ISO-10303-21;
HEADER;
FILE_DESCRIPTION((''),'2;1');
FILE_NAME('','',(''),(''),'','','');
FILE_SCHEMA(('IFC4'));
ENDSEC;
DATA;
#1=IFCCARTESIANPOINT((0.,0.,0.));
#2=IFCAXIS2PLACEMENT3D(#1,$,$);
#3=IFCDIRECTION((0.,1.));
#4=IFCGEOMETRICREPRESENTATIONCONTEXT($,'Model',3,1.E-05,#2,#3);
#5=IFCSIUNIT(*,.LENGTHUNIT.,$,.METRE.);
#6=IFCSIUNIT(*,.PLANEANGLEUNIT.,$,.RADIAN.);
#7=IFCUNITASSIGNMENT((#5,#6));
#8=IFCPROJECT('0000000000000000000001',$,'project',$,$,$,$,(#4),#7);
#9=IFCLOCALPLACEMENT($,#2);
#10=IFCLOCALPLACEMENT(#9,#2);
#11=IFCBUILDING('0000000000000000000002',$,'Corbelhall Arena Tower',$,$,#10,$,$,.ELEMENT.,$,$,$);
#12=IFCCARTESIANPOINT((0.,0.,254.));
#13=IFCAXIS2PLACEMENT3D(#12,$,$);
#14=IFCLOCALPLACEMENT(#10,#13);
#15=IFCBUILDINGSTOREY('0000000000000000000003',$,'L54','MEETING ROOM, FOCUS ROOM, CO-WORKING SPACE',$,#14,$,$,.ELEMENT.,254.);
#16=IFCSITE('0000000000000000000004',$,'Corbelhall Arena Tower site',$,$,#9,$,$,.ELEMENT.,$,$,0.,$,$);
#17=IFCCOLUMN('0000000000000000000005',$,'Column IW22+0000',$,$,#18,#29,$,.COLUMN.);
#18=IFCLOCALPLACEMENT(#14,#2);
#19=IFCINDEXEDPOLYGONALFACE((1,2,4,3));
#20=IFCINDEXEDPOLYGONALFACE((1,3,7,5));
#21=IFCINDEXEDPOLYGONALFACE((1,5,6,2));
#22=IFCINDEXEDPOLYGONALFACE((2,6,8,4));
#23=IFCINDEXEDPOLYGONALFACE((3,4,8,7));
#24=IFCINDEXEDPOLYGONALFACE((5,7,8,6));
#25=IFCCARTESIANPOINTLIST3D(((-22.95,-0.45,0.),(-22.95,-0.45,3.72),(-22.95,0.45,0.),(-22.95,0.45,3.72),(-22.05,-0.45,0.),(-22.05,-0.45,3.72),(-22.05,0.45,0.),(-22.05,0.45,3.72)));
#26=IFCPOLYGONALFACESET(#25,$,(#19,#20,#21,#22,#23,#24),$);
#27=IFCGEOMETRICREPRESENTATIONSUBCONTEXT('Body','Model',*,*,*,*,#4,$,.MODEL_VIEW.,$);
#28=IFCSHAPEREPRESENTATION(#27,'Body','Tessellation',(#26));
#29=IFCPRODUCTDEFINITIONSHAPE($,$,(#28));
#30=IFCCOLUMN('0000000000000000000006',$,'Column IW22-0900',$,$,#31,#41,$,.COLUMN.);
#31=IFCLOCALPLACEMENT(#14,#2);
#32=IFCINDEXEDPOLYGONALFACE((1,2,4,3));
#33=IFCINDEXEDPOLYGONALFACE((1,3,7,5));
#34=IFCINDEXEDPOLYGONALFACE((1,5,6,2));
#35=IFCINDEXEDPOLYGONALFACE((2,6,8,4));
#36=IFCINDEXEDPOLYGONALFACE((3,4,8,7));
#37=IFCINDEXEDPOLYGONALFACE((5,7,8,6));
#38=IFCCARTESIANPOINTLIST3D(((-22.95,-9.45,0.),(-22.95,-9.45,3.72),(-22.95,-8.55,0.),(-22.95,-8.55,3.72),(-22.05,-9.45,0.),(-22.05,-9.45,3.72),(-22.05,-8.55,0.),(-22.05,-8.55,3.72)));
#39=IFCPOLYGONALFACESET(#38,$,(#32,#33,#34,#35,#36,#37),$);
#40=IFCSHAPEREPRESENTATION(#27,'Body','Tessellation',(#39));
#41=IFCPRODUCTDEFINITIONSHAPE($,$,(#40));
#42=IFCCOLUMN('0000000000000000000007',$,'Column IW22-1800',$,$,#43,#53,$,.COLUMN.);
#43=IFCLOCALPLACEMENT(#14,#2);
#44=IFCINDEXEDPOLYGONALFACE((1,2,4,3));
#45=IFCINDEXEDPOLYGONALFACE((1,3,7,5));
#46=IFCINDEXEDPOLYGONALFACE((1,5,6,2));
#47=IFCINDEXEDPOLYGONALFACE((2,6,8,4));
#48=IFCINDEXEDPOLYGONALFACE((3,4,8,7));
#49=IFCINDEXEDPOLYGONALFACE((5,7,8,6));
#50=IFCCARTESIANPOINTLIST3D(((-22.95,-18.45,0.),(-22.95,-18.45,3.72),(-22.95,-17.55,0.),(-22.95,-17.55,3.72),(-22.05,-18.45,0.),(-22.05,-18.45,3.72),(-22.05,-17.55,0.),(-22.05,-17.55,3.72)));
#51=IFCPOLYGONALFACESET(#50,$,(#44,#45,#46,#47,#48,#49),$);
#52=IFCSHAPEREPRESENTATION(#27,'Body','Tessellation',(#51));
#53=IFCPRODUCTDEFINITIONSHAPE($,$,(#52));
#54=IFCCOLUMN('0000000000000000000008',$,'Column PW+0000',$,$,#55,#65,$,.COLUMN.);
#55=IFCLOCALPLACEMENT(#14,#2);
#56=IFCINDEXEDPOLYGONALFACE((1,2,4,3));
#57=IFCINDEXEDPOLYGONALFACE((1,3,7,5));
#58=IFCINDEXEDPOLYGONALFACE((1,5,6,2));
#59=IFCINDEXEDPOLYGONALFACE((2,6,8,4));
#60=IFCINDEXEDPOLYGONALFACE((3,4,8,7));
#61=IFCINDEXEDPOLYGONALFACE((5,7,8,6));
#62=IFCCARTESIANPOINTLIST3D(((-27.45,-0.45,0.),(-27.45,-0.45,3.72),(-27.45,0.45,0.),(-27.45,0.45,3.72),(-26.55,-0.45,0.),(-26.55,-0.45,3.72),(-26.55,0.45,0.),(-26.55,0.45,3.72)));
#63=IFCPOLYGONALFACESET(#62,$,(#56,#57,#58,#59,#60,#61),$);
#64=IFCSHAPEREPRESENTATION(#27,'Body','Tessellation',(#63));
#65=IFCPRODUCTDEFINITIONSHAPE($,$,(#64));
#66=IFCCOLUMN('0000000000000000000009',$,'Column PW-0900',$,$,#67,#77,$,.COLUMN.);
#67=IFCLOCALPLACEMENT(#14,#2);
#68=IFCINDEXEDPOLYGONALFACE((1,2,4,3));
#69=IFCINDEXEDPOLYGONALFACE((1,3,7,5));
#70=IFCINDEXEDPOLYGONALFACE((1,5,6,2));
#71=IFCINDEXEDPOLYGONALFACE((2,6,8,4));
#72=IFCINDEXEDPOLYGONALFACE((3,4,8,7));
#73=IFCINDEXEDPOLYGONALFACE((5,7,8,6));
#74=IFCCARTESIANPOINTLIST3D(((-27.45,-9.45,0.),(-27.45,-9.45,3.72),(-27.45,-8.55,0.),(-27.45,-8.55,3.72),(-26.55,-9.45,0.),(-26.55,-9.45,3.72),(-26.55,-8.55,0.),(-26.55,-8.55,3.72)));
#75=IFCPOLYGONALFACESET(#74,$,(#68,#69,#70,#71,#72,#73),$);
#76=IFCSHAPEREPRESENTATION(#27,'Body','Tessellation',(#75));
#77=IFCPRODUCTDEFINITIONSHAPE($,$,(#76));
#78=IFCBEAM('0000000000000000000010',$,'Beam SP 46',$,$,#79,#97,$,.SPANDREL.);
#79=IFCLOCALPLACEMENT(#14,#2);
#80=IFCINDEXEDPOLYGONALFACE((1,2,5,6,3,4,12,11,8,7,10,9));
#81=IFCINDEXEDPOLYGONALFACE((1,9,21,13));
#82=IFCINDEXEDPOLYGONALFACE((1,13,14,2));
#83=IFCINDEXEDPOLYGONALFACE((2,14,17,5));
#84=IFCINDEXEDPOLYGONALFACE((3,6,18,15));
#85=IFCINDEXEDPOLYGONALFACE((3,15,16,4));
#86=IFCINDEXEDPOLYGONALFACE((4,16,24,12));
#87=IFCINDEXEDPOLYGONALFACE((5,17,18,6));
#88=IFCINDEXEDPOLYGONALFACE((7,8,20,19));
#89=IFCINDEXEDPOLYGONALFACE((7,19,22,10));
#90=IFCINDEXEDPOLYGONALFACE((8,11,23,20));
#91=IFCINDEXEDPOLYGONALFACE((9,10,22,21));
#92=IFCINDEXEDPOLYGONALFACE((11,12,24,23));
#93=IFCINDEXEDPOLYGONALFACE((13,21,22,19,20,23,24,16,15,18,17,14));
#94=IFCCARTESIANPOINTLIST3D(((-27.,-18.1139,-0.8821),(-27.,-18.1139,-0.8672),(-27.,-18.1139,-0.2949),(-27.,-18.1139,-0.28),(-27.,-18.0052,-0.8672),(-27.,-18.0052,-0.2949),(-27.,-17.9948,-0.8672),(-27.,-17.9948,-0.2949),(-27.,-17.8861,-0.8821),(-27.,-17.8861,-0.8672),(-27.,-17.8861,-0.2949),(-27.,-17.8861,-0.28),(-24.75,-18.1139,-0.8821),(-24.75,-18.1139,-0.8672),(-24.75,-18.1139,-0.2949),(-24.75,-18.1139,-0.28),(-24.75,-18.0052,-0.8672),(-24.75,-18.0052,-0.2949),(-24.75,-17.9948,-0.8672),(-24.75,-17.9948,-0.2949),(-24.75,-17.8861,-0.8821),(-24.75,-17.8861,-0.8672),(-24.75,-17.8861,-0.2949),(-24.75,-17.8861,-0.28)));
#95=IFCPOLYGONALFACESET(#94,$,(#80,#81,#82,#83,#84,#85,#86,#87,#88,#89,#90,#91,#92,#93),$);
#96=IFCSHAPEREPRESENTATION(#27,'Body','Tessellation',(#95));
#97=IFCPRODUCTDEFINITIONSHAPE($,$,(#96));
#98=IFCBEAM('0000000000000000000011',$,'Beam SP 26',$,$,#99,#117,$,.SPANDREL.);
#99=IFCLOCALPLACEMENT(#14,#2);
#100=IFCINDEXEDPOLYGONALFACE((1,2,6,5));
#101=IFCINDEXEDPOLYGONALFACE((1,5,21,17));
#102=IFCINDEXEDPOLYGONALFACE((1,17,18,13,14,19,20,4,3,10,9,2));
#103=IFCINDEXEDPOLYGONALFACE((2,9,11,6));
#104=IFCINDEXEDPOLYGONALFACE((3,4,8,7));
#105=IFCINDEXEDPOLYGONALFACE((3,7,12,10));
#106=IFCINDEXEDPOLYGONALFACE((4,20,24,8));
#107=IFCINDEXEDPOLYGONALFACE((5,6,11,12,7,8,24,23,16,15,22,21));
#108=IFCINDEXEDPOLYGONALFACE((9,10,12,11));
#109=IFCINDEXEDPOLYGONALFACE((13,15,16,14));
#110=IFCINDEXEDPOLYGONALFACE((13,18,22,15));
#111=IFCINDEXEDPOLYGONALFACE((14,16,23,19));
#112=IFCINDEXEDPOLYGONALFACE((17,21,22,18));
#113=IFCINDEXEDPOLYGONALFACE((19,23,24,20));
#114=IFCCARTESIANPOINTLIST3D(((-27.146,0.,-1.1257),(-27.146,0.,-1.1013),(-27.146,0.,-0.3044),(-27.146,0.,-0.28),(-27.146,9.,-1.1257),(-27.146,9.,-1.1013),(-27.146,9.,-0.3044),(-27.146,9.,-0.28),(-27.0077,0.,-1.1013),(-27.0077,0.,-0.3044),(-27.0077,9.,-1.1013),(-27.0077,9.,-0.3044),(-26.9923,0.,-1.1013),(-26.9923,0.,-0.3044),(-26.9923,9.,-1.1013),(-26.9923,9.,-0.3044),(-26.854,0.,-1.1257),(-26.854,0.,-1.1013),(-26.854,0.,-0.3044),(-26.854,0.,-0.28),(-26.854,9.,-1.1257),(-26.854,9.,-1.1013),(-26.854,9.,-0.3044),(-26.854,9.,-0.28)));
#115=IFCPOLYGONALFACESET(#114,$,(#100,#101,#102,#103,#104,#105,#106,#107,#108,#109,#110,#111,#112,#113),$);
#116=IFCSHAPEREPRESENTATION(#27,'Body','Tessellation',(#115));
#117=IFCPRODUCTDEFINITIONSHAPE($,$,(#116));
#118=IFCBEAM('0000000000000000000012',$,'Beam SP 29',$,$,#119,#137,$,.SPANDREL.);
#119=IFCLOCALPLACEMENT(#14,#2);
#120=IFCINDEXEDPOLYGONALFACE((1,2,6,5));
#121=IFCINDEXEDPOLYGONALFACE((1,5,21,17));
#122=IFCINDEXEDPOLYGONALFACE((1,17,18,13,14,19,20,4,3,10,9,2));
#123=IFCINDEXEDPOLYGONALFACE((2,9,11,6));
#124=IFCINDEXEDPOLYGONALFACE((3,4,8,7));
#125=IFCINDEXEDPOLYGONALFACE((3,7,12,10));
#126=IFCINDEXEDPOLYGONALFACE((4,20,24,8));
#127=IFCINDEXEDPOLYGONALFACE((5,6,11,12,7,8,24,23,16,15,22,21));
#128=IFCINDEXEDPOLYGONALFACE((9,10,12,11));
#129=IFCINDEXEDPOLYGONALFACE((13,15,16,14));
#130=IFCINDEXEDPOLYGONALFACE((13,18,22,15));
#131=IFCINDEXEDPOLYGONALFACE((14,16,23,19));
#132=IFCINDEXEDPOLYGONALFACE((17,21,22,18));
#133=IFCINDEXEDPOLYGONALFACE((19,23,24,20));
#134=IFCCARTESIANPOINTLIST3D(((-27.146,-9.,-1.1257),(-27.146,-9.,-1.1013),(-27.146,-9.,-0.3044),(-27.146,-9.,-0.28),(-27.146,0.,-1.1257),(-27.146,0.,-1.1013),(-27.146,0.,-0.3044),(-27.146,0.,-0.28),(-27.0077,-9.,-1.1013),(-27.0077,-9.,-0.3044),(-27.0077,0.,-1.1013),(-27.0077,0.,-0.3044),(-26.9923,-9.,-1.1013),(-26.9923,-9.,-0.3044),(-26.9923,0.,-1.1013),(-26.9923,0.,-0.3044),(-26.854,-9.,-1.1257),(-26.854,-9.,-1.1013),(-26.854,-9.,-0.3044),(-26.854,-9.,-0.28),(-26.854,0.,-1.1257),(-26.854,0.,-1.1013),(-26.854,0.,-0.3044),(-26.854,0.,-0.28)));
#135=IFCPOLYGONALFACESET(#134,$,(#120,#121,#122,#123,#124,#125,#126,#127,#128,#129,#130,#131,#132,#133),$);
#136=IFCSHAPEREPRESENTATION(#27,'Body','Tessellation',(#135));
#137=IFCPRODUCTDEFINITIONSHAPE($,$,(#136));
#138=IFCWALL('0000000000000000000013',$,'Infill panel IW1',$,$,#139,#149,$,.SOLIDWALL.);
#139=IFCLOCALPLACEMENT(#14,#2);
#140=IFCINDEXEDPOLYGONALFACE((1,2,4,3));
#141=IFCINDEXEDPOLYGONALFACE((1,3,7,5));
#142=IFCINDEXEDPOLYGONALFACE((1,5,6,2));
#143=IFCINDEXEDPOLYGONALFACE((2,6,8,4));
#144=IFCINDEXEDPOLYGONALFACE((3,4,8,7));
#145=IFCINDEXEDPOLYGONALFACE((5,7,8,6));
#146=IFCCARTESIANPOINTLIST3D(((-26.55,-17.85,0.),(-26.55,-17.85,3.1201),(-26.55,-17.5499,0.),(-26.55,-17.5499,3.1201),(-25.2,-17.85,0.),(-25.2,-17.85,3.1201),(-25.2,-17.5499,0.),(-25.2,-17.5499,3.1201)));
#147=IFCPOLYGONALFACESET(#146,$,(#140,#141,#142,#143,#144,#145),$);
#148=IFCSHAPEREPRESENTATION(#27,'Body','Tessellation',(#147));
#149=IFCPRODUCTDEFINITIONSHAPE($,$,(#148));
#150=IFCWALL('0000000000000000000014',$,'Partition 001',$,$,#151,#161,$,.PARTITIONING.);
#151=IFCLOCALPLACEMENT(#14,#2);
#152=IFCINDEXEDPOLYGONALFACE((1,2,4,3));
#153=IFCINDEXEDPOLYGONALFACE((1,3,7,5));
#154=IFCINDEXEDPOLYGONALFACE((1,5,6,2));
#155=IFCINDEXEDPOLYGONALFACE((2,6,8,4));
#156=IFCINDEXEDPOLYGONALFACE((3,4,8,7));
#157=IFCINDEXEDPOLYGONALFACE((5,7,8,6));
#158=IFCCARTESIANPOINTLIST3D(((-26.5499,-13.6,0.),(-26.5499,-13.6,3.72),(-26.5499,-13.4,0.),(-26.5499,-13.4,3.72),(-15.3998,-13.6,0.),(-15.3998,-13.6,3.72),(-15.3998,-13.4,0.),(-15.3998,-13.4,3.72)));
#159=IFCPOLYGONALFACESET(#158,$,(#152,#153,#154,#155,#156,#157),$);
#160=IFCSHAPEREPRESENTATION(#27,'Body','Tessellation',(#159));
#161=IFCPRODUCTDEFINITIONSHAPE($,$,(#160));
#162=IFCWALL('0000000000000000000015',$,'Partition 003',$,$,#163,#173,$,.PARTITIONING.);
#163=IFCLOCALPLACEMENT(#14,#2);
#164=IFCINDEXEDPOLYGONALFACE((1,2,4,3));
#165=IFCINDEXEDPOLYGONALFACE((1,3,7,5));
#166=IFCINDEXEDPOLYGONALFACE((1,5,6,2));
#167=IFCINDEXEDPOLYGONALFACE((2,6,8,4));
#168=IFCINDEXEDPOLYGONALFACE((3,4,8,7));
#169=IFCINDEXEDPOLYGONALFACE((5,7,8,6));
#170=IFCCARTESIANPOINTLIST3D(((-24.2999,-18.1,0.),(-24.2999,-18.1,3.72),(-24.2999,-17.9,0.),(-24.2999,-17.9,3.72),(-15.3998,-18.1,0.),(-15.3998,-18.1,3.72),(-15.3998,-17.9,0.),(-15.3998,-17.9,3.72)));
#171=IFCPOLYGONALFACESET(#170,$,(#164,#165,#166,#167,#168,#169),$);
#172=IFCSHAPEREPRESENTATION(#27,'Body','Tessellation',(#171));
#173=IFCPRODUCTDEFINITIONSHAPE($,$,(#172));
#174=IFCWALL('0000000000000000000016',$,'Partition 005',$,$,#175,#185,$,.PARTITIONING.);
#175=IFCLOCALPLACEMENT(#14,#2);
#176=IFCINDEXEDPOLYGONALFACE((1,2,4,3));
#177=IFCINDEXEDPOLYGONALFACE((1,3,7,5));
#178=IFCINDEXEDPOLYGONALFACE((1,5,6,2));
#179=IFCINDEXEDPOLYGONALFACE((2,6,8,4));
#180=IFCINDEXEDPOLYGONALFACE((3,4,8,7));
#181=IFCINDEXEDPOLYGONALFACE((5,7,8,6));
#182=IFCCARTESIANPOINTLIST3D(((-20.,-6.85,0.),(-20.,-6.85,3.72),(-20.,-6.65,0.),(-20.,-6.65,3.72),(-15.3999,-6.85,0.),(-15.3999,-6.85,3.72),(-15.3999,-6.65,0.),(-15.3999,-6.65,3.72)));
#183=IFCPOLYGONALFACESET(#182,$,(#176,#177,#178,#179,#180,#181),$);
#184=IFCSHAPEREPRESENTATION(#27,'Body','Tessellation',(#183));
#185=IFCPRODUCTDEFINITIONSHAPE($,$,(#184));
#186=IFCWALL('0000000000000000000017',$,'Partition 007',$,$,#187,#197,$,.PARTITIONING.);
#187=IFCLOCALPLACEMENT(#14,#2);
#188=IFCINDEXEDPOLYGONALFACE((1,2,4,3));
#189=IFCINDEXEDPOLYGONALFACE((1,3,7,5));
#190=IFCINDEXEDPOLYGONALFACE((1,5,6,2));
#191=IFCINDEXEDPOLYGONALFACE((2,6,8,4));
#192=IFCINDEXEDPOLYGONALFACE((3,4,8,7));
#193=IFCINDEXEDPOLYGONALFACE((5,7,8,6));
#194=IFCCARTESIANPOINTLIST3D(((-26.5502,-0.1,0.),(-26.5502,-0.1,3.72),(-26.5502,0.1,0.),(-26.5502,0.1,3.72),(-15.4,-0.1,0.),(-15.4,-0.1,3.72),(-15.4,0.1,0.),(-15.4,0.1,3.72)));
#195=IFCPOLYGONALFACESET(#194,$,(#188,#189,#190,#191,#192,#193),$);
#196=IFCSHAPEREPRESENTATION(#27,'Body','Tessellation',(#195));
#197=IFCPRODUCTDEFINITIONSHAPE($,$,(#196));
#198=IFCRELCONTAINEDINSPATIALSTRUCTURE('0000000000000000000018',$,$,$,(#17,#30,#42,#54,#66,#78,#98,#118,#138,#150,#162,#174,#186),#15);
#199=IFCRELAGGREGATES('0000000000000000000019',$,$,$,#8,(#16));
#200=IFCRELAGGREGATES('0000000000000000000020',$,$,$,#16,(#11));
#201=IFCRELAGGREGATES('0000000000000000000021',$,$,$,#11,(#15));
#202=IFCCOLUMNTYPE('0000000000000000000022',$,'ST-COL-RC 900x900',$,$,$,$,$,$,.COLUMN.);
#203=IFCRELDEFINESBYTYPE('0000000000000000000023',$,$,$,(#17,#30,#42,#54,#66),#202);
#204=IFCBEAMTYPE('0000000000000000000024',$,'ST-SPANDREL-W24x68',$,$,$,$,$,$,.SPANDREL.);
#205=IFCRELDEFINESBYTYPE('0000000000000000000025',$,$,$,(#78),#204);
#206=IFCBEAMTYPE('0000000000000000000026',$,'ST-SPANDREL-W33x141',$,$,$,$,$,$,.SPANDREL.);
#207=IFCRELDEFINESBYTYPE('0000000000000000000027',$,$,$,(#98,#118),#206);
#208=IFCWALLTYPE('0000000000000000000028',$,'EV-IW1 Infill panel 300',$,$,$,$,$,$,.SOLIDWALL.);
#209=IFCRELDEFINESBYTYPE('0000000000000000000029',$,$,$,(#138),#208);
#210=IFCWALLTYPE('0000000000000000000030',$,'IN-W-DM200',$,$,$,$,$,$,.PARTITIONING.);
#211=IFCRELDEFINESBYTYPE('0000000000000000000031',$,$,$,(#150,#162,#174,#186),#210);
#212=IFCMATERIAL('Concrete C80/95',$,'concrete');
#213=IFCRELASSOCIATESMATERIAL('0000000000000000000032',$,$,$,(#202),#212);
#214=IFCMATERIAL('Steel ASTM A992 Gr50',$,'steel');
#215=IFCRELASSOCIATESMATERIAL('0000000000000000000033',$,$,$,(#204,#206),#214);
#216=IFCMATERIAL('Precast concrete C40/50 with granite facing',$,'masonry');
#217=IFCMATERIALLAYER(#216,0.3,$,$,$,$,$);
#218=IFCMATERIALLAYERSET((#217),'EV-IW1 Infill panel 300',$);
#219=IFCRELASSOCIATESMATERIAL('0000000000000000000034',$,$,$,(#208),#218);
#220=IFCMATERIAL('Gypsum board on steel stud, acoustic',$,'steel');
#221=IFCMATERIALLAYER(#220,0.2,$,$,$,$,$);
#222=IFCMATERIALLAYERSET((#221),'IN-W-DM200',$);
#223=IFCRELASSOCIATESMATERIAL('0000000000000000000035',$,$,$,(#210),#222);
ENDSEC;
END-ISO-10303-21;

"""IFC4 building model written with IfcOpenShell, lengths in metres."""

from ifc_helpers import new_model, si_unit, direction, frame, frame_2d, origin, origin_2d, place, context, subcontext, project, spatial, rectangle, i_section, extrude, material, layer, layer_set, material_profile, profile_set, type_object, element, save


model = new_model("IFC4")

# Units and contexts
model_context = context("Model", 3, precision=1e-05, world=origin(), true_north=direction((0.0, 1.0)))
body_context = subcontext(model_context, "Body", "Model", "MODEL_VIEW")
ifc_project = project(units=[si_unit("LENGTHUNIT", "METRE"), si_unit("PLANEANGLEUNIT", "RADIAN")], contexts=[model_context])

# Site, building, storey
site_placement = place(None, origin())
site = spatial("IfcSite", under=ifc_project, at=site_placement, Name="Corbelhall Arena Tower site", CompositionType="ELEMENT", RefElevation=0.0)
building_placement = place(site_placement, origin())
building = spatial("IfcBuilding", under=site, at=building_placement, Name="Corbelhall Arena Tower", CompositionType="ELEMENT")
storey_placement = place(building_placement, frame((0.0, 0.0, 254.0)))
storey = spatial("IfcBuildingStorey", under=building, at=storey_placement, Name="L54", Description="MEETING ROOM, FOCUS ROOM, CO-WORKING SPACE", CompositionType="ELEMENT", Elevation=254.0)

# Columns
ifc_material_1 = material(Name="Concrete C80/95", Category="concrete")
ifc_material_profile_1 = material_profile(ifc_material_1, rectangle(XDim=0.8999, YDim=0.8999, at=origin_2d()))
ifc_profile_set_1 = profile_set([ifc_material_profile_1], Name="Concrete C80/95")
column_type = type_object("IfcColumnType", Name="ST-COL-RC 900x900", PredefinedType="COLUMN", material=ifc_profile_set_1)
for number, where, z_axis, x_axis, name in (
    (1, (-22.5, 0.0, 0.0), (0.0, 0.0, 1.0), (1.0, 0.0, 0.0), "Column IW22+0000"),
    (2, (-22.5, -9.0, 0.0), (0.0, 0.0, 1.0), (1.0, 0.0, 0.0), "Column IW22-0900"),
    (3, (-22.5, -18.0, 0.0), (0.0, 0.0, 1.0), (1.0, 0.0, 0.0), "Column IW22-1800"),
    (4, (-27.0, 0.0, 0.0), (0.0, 0.0, 1.0), (0.0, 1.0, 0.0), "Column PW+0000"),
    (5, (-27.0, -9.0, 0.0), (0.0, 0.0, 1.0), (0.0, 1.0, 0.0), "Column PW-0900"),
):
    element("IfcColumn", number, at=place(storey_placement, frame(where, z_axis=z_axis, x_axis=x_axis)), inside=storey, type_object=column_type, Name=name, PredefinedType="COLUMN", context=body_context, shape_type="SweptSolid", body=[
        extrude(rectangle(XDim=0.8999, YDim=0.8999, at=origin_2d()), origin(), (0.0, 0.0, 1.0), 3.72),
    ])

# Beams
ifc_material_2 = material(Name="Steel ASTM A992 Gr50", Category="steel")
ifc_material_profile_2 = material_profile(ifc_material_2, i_section(OverallWidth=0.2278, OverallDepth=0.6021, WebThickness=0.0105, FlangeThickness=0.0149, at=origin_2d()))
ifc_profile_set_2 = profile_set([ifc_material_profile_2], Name="Steel ASTM A992 Gr50")
beam_type_1 = type_object("IfcBeamType", Name="ST-SPANDREL-W24x68", PredefinedType="SPANDREL", material=ifc_profile_set_2)
beam_placement = place(storey_placement, frame((-24.75, -18.0, -0.5811), z_axis=(-1.0, 0.0, 0.0), x_axis=(0.0, -1.0, 0.0)))
element("IfcBeam", 6, at=beam_placement, inside=storey, type_object=beam_type_1, Name="Beam SP 46", PredefinedType="SPANDREL", context=body_context, shape_type="SweptSolid", body=[
    extrude(i_section(OverallWidth=0.2278, OverallDepth=0.6021, WebThickness=0.0105, FlangeThickness=0.0149, at=origin_2d()), origin(), (0.0, 0.0, 1.0), 2.25),
])
ifc_material_profile_3 = material_profile(ifc_material_2, i_section(OverallWidth=0.292, OverallDepth=0.8457, WebThickness=0.0154, FlangeThickness=0.0244, at=origin_2d()))
ifc_profile_set_3 = profile_set([ifc_material_profile_3], Name="Steel ASTM A992 Gr50")
beam_type_2 = type_object("IfcBeamType", Name="ST-SPANDREL-W33x141", PredefinedType="SPANDREL", material=ifc_profile_set_3)
for number, where, z_axis, x_axis, name in (
    (7, (-27.0, 0.0, -0.7029), (0.0, 1.0, 0.0), (-1.0, 0.0, 0.0), "Beam SP 26"),
    (8, (-27.0, -9.0, -0.7029), (0.0, 1.0, 0.0), (-1.0, 0.0, 0.0), "Beam SP 29"),
):
    element("IfcBeam", number, at=place(storey_placement, frame(where, z_axis=z_axis, x_axis=x_axis)), inside=storey, type_object=beam_type_2, Name=name, PredefinedType="SPANDREL", context=body_context, shape_type="SweptSolid", body=[
        extrude(i_section(OverallWidth=0.292, OverallDepth=0.8457, WebThickness=0.0154, FlangeThickness=0.0244, at=origin_2d()), origin(), (0.0, 0.0, 1.0), 9.0),
    ])

# Shared definitions
ifc_material_3 = material(Name="Precast concrete C40/50 with granite facing", Category="masonry")
ifc_layer_1 = layer(ifc_material_3, 0.3)
ifc_layer_set_1 = layer_set([ifc_layer_1], Name="EV-IW1 Infill panel 300")
wall_type_1 = type_object("IfcWallType", Name="EV-IW1 Infill panel 300", PredefinedType="SOLIDWALL", material=ifc_layer_set_1)

# Walls
wall_1_placement = place(storey_placement, frame((-26.55, -17.7, 0.0), z_axis=(0.0, 0.0, 1.0), x_axis=(1.0, 0.0, 0.0)))
element("IfcWall", 9, at=wall_1_placement, inside=storey, type_object=wall_type_1, Name="Infill panel IW1", PredefinedType="SOLIDWALL", context=body_context, shape_type="SweptSolid", body=[
    extrude(rectangle(XDim=1.3501, YDim=0.3, at=frame_2d((0.675, 0.0))), origin(), (0.0, 0.0, 1.0), 3.1201),
])
ifc_material_4 = material(Name="Gypsum board on steel stud, acoustic", Category="steel")
ifc_layer_2 = layer(ifc_material_4, 0.2)
ifc_layer_set_2 = layer_set([ifc_layer_2], Name="IN-W-DM200")
wall_type_2 = type_object("IfcWallType", Name="IN-W-DM200", PredefinedType="PARTITIONING", material=ifc_layer_set_2)
wall_2_placement = place(storey_placement, frame((-26.55, -13.5, 0.0), z_axis=(0.0, 0.0, 1.0), x_axis=(1.0, 0.0, 0.0)))
element("IfcWall", 10, at=wall_2_placement, inside=storey, type_object=wall_type_2, Name="Partition 001", PredefinedType="PARTITIONING", context=body_context, shape_type="SweptSolid", body=[
    extrude(rectangle(XDim=11.1501, YDim=0.2, at=frame_2d((5.5752, 0.0))), origin(), (0.0, 0.0, 1.0), 3.72),
])
wall_3_placement = place(storey_placement, frame((-24.3, -18.0, 0.0), z_axis=(0.0, 0.0, 1.0), x_axis=(1.0, 0.0, 0.0)))
element("IfcWall", 11, at=wall_3_placement, inside=storey, type_object=wall_type_2, Name="Partition 003", PredefinedType="PARTITIONING", context=body_context, shape_type="SweptSolid", body=[
    extrude(rectangle(XDim=8.9001, YDim=0.2, at=frame_2d((4.4502, 0.0))), origin(), (0.0, 0.0, 1.0), 3.72),
])
wall_4_placement = place(storey_placement, frame((-20.0, -6.75, 0.0), z_axis=(0.0, 0.0, 1.0), x_axis=(1.0, 0.0, 0.0)))
element("IfcWall", 12, at=wall_4_placement, inside=storey, type_object=wall_type_2, Name="Partition 005", PredefinedType="PARTITIONING", context=body_context, shape_type="SweptSolid", body=[
    extrude(rectangle(XDim=4.6001, YDim=0.2, at=frame_2d((2.3, 0.0))), origin(), (0.0, 0.0, 1.0), 3.72),
])

# Wall
wall_5_placement = place(storey_placement, frame((-15.3999, 0.0, 0.0), z_axis=(0.0, 0.0, 1.0), x_axis=(-1.0, 0.0, 0.0)))
element("IfcWall", 13, at=wall_5_placement, inside=storey, type_object=wall_type_2, Name="Partition 007", PredefinedType="PARTITIONING", context=body_context, shape_type="SweptSolid", body=[
    extrude(rectangle(XDim=11.1501, YDim=0.2, at=frame_2d((5.5752, 0.0))), origin(), (0.0, 0.0, 1.0), 3.72),
])

save(model, "model.ifc")
